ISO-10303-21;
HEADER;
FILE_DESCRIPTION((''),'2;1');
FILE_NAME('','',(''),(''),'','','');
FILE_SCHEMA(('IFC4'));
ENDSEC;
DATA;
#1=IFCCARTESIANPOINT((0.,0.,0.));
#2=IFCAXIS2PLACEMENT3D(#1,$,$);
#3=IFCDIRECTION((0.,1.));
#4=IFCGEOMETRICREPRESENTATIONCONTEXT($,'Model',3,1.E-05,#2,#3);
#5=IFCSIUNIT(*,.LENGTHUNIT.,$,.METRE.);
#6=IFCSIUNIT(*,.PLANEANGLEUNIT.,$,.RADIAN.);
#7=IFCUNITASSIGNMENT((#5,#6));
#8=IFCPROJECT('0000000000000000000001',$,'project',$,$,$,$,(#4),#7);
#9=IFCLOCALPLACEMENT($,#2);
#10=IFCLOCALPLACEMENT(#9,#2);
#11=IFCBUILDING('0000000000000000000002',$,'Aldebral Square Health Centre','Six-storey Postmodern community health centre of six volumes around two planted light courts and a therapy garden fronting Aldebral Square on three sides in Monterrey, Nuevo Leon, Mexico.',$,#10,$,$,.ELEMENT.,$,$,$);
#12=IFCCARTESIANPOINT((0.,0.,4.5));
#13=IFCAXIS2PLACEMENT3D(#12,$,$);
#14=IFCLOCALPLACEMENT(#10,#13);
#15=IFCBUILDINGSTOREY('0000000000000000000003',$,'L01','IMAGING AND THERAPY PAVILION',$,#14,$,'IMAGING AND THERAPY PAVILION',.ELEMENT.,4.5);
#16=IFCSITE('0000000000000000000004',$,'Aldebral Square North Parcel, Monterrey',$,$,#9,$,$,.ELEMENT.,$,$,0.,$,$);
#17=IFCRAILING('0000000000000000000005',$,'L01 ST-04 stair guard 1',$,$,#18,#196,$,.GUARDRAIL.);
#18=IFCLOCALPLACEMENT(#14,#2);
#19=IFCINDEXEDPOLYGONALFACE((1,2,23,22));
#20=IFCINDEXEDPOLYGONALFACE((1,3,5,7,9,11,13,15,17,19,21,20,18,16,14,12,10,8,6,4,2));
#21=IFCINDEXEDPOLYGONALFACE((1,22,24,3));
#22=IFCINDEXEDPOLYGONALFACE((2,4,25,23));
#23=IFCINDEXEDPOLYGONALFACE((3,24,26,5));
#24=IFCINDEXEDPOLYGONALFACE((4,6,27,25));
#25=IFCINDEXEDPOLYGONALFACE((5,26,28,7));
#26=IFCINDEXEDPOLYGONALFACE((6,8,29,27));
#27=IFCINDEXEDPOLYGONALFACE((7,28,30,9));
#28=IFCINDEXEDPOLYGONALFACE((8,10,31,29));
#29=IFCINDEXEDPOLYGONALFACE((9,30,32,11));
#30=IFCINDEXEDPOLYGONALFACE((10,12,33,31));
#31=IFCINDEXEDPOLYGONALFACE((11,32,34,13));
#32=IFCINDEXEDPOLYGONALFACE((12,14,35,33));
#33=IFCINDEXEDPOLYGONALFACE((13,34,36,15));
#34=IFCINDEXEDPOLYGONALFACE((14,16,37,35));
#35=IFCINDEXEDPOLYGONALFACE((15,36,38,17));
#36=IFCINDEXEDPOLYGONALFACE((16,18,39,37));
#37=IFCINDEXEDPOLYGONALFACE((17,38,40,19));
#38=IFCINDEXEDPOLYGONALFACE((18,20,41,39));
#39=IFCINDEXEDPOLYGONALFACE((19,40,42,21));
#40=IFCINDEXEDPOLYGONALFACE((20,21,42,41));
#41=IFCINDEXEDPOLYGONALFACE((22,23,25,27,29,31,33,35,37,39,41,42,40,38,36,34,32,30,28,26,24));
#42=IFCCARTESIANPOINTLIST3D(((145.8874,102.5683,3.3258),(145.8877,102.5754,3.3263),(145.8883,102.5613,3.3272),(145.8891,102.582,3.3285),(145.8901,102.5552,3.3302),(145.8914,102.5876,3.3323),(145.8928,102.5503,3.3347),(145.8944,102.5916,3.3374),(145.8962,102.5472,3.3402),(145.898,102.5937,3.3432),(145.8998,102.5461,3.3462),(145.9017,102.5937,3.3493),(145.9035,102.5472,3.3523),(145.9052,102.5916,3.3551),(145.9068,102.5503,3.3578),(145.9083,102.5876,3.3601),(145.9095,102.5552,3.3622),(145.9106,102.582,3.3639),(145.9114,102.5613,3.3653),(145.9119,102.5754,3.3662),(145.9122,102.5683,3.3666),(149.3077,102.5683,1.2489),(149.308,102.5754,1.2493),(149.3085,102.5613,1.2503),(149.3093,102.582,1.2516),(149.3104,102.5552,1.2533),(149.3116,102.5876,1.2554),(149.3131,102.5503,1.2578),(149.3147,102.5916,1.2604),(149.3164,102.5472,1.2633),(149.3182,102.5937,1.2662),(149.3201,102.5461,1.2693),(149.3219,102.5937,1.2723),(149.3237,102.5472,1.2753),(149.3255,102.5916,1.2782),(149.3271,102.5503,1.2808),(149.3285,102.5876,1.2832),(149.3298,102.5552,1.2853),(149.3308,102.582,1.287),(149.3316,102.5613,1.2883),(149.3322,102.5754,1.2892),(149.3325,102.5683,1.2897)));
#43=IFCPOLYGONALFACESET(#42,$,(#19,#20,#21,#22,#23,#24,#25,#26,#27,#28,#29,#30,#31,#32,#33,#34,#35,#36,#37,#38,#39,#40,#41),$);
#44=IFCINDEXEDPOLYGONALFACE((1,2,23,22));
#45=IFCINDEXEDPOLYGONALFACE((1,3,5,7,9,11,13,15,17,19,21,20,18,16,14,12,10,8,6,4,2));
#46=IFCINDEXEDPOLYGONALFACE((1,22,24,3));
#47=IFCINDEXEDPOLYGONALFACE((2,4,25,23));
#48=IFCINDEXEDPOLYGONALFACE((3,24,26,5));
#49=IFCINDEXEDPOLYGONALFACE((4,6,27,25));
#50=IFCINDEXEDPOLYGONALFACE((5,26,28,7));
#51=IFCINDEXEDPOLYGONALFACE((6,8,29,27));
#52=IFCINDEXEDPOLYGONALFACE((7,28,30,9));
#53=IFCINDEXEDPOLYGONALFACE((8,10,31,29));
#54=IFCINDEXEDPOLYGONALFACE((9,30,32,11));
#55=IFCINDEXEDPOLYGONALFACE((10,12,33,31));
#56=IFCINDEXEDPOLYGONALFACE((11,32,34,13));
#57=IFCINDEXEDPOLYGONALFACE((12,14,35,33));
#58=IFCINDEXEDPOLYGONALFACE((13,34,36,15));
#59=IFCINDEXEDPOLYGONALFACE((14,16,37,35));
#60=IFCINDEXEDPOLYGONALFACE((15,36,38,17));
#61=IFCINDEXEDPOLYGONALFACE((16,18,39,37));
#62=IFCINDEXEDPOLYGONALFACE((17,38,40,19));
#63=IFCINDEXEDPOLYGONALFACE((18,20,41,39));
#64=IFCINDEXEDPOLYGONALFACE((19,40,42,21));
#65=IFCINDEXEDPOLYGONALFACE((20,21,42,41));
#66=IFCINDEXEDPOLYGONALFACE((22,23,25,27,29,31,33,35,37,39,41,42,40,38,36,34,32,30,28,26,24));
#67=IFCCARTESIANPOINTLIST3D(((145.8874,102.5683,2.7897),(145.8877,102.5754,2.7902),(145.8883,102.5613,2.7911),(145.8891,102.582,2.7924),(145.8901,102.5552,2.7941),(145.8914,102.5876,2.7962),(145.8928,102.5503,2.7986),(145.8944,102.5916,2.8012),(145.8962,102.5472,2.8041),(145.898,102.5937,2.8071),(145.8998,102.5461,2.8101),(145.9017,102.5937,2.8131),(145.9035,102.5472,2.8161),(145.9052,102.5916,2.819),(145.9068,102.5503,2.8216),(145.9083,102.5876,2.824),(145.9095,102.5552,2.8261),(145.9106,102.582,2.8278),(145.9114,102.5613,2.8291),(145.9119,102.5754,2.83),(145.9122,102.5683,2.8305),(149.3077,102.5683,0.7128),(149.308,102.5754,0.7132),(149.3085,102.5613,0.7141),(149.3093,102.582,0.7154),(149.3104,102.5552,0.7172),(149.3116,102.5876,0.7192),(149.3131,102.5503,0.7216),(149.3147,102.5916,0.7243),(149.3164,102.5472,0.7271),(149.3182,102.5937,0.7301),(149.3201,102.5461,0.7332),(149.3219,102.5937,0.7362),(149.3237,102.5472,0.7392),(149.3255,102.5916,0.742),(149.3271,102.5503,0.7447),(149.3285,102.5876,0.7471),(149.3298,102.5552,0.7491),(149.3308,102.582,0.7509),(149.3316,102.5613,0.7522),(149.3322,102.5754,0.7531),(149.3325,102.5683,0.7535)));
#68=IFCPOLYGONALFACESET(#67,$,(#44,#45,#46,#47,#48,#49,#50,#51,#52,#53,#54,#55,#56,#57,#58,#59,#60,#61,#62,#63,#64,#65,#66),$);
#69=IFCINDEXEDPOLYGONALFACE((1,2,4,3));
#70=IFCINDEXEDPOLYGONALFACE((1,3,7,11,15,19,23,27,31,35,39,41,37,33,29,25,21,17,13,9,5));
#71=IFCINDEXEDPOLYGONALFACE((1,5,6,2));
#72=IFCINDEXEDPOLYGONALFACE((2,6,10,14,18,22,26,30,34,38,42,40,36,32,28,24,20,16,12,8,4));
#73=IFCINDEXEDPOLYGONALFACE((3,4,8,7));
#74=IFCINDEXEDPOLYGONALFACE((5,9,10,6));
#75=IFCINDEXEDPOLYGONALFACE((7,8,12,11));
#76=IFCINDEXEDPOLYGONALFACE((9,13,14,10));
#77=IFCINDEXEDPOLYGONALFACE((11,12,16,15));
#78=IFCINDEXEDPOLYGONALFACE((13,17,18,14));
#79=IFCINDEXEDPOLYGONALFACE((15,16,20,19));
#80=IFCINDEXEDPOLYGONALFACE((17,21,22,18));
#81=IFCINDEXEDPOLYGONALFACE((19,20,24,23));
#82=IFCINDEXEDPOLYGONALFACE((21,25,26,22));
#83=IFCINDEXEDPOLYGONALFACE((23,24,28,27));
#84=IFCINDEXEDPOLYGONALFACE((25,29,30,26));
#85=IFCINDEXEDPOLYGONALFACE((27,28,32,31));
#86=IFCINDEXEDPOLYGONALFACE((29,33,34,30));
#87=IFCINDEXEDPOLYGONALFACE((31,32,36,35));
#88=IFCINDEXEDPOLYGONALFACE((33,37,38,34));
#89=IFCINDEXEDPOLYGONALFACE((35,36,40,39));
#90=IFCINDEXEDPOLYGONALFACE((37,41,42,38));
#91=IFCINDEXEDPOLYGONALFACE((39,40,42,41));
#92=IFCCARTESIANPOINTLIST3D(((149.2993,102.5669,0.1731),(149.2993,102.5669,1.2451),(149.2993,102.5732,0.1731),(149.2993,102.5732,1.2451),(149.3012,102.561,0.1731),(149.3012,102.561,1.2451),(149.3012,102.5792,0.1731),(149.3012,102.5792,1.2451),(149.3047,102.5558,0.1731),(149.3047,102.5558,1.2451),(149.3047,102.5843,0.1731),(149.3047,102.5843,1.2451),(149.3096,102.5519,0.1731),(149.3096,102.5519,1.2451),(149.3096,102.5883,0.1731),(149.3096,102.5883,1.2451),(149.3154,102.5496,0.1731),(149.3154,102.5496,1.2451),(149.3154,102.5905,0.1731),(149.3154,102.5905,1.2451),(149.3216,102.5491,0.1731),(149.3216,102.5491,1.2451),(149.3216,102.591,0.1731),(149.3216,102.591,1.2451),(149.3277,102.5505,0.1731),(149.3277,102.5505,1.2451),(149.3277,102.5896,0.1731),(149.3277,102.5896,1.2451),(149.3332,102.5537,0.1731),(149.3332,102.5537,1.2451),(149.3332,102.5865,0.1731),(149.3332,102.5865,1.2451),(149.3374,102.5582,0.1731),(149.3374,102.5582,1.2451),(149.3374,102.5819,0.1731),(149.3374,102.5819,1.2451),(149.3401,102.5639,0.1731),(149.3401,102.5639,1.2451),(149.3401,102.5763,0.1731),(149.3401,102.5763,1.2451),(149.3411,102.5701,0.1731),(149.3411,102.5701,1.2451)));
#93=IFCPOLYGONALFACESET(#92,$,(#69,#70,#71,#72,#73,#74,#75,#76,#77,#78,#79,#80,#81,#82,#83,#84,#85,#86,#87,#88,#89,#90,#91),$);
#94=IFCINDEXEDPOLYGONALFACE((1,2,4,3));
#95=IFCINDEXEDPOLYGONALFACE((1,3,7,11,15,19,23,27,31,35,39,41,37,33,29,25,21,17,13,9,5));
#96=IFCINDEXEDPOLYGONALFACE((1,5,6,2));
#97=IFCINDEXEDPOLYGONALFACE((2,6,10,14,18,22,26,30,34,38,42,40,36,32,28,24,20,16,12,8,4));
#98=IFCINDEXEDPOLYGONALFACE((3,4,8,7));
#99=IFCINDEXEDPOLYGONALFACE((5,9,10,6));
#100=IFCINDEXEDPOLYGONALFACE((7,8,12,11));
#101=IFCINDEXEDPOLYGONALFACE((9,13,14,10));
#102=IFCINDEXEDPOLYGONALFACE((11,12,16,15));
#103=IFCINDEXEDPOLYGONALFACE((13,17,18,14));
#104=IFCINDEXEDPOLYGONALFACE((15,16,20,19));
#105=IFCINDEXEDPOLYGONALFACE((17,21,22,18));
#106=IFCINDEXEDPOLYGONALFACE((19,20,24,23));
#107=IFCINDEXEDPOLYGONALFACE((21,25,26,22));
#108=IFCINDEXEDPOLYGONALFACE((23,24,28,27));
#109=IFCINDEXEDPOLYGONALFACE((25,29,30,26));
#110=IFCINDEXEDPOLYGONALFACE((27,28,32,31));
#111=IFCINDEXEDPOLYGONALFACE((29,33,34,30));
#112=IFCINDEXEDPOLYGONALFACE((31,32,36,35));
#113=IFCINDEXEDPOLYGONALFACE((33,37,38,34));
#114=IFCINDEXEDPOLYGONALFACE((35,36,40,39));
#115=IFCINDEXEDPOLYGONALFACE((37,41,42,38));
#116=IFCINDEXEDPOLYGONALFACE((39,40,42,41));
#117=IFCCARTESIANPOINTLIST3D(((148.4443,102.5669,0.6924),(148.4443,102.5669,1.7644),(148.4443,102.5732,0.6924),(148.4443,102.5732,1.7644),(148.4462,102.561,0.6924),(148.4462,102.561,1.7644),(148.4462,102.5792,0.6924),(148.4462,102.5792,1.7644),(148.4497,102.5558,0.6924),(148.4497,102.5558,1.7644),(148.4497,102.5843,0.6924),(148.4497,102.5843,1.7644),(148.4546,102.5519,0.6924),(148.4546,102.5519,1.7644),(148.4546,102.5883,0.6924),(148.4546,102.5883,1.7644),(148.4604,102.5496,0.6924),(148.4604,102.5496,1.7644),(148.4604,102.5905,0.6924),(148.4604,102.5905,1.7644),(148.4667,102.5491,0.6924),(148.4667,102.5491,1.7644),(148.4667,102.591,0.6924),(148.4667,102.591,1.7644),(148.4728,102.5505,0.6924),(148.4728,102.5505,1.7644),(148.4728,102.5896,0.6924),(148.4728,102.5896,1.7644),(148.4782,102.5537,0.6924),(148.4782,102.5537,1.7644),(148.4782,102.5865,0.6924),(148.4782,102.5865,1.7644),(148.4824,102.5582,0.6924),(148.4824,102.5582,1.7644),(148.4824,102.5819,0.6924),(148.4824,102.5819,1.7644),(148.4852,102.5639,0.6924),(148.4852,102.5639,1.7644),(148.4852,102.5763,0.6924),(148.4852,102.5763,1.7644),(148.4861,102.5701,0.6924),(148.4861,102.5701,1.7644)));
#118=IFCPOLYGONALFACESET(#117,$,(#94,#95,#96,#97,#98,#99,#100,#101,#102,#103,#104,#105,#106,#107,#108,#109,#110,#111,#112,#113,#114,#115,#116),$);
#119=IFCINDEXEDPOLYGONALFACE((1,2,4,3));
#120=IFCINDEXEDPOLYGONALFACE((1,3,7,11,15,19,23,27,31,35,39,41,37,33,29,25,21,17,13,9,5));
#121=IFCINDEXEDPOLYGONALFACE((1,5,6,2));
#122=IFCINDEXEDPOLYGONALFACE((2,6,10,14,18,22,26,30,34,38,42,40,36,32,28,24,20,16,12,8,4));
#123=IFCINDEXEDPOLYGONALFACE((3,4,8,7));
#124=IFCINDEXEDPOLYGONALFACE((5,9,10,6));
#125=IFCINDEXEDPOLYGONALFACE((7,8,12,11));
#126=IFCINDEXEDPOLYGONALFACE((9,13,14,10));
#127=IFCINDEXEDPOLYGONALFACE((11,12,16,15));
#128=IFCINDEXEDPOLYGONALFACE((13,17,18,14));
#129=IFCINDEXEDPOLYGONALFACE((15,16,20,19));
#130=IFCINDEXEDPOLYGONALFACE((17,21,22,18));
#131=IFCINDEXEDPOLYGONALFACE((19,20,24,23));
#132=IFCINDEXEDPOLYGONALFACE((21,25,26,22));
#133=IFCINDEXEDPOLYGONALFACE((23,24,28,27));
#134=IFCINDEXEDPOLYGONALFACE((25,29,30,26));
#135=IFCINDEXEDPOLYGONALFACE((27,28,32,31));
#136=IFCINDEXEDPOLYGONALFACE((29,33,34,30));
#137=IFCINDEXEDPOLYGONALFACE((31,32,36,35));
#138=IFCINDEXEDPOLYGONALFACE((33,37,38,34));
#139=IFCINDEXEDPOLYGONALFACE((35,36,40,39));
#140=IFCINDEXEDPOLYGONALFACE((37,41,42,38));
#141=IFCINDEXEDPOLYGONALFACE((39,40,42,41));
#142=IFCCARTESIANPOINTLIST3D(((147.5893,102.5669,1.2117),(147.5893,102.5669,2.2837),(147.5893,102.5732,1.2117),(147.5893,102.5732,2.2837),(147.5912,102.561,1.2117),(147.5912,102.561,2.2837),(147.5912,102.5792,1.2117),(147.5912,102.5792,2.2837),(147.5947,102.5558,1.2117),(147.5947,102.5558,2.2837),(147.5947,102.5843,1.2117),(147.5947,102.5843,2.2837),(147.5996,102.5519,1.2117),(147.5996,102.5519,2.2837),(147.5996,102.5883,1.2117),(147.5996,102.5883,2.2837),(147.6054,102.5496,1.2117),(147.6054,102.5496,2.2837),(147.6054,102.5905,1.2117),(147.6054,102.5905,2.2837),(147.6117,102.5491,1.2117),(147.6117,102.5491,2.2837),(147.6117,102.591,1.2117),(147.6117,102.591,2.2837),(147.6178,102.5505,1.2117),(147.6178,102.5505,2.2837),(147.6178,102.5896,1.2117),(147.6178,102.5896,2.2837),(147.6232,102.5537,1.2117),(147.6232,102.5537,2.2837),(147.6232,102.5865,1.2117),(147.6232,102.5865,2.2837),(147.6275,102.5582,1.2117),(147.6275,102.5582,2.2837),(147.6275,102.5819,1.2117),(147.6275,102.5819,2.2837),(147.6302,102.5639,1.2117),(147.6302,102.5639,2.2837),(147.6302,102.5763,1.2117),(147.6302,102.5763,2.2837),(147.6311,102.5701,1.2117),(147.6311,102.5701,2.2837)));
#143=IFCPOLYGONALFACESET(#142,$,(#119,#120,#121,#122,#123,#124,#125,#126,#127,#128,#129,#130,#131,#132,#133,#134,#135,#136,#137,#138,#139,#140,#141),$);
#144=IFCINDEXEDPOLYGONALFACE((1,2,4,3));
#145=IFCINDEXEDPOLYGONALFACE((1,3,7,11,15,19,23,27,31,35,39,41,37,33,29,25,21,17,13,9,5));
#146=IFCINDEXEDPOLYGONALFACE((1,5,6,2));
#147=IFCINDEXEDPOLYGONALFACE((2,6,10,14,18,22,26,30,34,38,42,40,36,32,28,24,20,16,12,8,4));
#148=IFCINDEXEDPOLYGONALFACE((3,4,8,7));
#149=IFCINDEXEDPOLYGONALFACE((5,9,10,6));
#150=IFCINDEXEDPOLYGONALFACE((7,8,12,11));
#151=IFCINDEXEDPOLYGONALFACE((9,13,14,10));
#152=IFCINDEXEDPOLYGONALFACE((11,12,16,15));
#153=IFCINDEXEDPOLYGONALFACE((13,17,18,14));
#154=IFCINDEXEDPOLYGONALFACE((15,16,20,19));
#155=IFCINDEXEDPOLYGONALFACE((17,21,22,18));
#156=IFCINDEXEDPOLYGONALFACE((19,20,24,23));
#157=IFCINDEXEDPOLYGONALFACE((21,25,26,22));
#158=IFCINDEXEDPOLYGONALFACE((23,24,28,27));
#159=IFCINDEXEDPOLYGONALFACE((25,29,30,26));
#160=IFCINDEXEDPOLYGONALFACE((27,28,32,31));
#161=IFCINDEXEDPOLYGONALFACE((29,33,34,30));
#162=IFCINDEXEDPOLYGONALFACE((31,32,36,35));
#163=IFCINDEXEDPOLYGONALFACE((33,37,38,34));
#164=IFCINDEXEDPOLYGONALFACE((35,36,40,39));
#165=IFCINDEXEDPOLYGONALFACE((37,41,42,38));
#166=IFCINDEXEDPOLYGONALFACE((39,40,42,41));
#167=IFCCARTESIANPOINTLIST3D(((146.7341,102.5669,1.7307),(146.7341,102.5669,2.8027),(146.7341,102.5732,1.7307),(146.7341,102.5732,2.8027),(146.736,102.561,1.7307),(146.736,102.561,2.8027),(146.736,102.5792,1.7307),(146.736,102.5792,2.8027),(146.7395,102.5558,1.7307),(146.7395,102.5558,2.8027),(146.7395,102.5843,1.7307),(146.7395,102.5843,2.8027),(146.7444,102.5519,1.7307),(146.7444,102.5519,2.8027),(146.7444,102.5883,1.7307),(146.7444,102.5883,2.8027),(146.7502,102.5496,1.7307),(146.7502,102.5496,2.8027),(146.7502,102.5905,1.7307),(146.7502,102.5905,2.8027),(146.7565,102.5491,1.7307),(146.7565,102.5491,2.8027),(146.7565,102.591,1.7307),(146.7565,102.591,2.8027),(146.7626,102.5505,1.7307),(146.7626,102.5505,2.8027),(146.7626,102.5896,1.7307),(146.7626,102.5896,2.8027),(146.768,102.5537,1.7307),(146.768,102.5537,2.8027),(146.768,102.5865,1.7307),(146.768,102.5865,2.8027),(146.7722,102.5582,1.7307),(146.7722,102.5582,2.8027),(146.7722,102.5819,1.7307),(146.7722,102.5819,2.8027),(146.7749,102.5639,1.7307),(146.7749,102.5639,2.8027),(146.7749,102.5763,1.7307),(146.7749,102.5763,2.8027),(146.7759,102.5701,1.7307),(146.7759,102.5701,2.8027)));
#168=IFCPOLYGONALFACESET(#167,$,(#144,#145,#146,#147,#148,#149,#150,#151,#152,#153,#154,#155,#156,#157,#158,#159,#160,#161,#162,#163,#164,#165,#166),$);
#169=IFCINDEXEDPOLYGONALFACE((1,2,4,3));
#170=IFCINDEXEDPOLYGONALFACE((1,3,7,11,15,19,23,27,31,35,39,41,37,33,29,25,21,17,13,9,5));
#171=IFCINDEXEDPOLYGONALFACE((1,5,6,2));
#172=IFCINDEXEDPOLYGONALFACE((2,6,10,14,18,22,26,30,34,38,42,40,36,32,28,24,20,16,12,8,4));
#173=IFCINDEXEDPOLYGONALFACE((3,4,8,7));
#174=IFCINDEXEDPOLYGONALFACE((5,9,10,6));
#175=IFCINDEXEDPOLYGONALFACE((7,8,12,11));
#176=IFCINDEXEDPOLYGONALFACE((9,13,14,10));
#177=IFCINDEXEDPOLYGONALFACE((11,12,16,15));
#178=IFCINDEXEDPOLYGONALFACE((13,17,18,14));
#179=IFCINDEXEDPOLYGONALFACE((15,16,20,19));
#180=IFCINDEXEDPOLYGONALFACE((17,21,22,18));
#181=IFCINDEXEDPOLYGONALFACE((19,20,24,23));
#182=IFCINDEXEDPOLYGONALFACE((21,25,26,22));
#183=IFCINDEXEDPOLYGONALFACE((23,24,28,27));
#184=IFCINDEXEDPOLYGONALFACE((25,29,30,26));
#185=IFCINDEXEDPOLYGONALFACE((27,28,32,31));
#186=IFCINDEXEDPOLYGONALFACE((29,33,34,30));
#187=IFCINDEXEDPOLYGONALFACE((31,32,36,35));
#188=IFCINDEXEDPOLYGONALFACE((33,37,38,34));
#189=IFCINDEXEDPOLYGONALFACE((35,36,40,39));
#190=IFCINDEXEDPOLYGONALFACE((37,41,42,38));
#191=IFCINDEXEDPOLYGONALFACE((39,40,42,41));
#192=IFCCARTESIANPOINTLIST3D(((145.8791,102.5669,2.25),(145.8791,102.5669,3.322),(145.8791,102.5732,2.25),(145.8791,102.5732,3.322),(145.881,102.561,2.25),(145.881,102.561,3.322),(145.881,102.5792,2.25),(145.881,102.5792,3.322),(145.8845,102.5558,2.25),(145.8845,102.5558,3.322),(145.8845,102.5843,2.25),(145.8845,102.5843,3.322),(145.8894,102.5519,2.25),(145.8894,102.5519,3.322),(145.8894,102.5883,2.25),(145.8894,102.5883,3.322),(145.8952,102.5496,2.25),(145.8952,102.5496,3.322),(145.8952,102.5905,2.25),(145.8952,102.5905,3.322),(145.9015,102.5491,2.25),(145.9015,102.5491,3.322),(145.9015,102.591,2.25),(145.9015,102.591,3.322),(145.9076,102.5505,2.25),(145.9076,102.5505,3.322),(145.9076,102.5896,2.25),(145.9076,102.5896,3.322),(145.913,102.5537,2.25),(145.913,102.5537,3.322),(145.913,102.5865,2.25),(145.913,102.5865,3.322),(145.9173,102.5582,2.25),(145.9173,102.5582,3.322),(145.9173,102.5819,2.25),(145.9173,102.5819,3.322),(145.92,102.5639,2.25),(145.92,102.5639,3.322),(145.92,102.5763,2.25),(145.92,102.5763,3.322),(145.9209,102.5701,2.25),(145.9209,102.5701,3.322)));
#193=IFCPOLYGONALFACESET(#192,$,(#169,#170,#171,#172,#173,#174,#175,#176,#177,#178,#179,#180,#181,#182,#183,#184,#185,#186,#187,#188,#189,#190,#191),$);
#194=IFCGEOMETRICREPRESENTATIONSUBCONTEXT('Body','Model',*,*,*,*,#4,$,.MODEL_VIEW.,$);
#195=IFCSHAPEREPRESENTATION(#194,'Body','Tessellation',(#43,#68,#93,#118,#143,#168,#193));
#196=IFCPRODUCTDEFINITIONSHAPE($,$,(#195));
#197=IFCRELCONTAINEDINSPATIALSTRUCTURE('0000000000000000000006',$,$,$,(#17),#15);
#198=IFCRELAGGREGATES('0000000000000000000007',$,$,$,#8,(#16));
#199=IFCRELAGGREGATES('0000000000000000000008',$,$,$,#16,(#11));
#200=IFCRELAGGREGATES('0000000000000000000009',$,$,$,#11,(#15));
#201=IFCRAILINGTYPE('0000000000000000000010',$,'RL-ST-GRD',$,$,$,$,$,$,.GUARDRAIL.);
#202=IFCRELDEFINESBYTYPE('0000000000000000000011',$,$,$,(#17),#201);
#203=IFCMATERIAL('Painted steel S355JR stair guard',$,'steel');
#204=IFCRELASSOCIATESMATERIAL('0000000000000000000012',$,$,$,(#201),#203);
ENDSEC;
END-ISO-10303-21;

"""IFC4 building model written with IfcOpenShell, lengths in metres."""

from ifc_helpers import new_model, si_unit, direction, frame, origin, origin_2d, place, context, subcontext, project, spatial, circle, extrude, material, type_object, element, save


model = new_model("IFC4")

# Units and contexts
model_context = context("Model", 3, precision=1e-05, world=origin(), true_north=direction((0.0, 1.0)))
body_context = subcontext(model_context, "Body", "Model", "MODEL_VIEW")
ifc_project = project(units=[si_unit("LENGTHUNIT", "METRE"), si_unit("PLANEANGLEUNIT", "RADIAN")], contexts=[model_context])

# Site, building, storey
site_placement = place(None, origin())
site = spatial("IfcSite", under=ifc_project, at=site_placement, Name="Aldebral Square North Parcel, Monterrey", CompositionType="ELEMENT", RefElevation=0.0)
building_placement = place(site_placement, origin())
building = spatial("IfcBuilding", under=site, at=building_placement, Name="Aldebral Square Health Centre", Description="Six-storey Postmodern community health centre of six volumes around two planted light courts and a therapy garden fronting Aldebral Square on three sides in Monterrey, Nuevo Leon, Mexico.", CompositionType="ELEMENT")
storey_placement = place(building_placement, frame((0.0, 0.0, 4.5)))
storey = spatial("IfcBuildingStorey", under=building, at=storey_placement, Name="L01", Description="IMAGING AND THERAPY PAVILION", LongName="IMAGING AND THERAPY PAVILION", CompositionType="ELEMENT", Elevation=4.5)

# Railing
ifc_material_1 = material(Name="Painted steel S355JR stair guard", Category="steel")
railing_type_1 = type_object("IfcRailingType", Name="RL-ST-GRD", PredefinedType="GUARDRAIL", material=ifc_material_1)
railing_1_placement = place(storey_placement, frame((149.3201, 102.5701, 0.1731)))
element("IfcRailing", 1, at=railing_1_placement, inside=storey, type_object=railing_type_1, Name="L01 ST-04 stair guard 1", PredefinedType="GUARDRAIL", context=body_context, shape_type="SweptSolid", body=[
    extrude(circle(Radius=0.0239, at=origin_2d()), frame((0.0, 0.0, 1.0962), z_axis=(-0.854746, 0.0, 0.519047), x_axis=(0.0, -1.0, 0.0)), (0.0, 0.0, 1.0), 4.0015),
    extrude(circle(Radius=0.0239, at=origin_2d()), frame((0.0, 0.0, 0.5601), z_axis=(-0.854746, 0.0, 0.519047), x_axis=(0.0, -1.0, 0.0)), (0.0, 0.0, 1.0), 4.0015),
    extrude(circle(Radius=0.021, at=origin_2d()), origin(), (0.0, 0.0, 1.0), 1.072),
    extrude(circle(Radius=0.021, at=origin_2d()), frame((-0.855, 0.0, 0.5193)), (0.0, 0.0, 1.0), 1.072),
    extrude(circle(Radius=0.021, at=origin_2d()), frame((-1.71, 0.0, 1.0386)), (0.0, 0.0, 1.0), 1.072),
    extrude(circle(Radius=0.021, at=origin_2d()), frame((-2.5652, 0.0, 1.5576)), (0.0, 0.0, 1.0), 1.072),
    extrude(circle(Radius=0.021, at=origin_2d()), frame((-3.4202, 0.0, 2.0769)), (0.0, 0.0, 1.0), 1.072),
])

save(model, "model.ifc")
